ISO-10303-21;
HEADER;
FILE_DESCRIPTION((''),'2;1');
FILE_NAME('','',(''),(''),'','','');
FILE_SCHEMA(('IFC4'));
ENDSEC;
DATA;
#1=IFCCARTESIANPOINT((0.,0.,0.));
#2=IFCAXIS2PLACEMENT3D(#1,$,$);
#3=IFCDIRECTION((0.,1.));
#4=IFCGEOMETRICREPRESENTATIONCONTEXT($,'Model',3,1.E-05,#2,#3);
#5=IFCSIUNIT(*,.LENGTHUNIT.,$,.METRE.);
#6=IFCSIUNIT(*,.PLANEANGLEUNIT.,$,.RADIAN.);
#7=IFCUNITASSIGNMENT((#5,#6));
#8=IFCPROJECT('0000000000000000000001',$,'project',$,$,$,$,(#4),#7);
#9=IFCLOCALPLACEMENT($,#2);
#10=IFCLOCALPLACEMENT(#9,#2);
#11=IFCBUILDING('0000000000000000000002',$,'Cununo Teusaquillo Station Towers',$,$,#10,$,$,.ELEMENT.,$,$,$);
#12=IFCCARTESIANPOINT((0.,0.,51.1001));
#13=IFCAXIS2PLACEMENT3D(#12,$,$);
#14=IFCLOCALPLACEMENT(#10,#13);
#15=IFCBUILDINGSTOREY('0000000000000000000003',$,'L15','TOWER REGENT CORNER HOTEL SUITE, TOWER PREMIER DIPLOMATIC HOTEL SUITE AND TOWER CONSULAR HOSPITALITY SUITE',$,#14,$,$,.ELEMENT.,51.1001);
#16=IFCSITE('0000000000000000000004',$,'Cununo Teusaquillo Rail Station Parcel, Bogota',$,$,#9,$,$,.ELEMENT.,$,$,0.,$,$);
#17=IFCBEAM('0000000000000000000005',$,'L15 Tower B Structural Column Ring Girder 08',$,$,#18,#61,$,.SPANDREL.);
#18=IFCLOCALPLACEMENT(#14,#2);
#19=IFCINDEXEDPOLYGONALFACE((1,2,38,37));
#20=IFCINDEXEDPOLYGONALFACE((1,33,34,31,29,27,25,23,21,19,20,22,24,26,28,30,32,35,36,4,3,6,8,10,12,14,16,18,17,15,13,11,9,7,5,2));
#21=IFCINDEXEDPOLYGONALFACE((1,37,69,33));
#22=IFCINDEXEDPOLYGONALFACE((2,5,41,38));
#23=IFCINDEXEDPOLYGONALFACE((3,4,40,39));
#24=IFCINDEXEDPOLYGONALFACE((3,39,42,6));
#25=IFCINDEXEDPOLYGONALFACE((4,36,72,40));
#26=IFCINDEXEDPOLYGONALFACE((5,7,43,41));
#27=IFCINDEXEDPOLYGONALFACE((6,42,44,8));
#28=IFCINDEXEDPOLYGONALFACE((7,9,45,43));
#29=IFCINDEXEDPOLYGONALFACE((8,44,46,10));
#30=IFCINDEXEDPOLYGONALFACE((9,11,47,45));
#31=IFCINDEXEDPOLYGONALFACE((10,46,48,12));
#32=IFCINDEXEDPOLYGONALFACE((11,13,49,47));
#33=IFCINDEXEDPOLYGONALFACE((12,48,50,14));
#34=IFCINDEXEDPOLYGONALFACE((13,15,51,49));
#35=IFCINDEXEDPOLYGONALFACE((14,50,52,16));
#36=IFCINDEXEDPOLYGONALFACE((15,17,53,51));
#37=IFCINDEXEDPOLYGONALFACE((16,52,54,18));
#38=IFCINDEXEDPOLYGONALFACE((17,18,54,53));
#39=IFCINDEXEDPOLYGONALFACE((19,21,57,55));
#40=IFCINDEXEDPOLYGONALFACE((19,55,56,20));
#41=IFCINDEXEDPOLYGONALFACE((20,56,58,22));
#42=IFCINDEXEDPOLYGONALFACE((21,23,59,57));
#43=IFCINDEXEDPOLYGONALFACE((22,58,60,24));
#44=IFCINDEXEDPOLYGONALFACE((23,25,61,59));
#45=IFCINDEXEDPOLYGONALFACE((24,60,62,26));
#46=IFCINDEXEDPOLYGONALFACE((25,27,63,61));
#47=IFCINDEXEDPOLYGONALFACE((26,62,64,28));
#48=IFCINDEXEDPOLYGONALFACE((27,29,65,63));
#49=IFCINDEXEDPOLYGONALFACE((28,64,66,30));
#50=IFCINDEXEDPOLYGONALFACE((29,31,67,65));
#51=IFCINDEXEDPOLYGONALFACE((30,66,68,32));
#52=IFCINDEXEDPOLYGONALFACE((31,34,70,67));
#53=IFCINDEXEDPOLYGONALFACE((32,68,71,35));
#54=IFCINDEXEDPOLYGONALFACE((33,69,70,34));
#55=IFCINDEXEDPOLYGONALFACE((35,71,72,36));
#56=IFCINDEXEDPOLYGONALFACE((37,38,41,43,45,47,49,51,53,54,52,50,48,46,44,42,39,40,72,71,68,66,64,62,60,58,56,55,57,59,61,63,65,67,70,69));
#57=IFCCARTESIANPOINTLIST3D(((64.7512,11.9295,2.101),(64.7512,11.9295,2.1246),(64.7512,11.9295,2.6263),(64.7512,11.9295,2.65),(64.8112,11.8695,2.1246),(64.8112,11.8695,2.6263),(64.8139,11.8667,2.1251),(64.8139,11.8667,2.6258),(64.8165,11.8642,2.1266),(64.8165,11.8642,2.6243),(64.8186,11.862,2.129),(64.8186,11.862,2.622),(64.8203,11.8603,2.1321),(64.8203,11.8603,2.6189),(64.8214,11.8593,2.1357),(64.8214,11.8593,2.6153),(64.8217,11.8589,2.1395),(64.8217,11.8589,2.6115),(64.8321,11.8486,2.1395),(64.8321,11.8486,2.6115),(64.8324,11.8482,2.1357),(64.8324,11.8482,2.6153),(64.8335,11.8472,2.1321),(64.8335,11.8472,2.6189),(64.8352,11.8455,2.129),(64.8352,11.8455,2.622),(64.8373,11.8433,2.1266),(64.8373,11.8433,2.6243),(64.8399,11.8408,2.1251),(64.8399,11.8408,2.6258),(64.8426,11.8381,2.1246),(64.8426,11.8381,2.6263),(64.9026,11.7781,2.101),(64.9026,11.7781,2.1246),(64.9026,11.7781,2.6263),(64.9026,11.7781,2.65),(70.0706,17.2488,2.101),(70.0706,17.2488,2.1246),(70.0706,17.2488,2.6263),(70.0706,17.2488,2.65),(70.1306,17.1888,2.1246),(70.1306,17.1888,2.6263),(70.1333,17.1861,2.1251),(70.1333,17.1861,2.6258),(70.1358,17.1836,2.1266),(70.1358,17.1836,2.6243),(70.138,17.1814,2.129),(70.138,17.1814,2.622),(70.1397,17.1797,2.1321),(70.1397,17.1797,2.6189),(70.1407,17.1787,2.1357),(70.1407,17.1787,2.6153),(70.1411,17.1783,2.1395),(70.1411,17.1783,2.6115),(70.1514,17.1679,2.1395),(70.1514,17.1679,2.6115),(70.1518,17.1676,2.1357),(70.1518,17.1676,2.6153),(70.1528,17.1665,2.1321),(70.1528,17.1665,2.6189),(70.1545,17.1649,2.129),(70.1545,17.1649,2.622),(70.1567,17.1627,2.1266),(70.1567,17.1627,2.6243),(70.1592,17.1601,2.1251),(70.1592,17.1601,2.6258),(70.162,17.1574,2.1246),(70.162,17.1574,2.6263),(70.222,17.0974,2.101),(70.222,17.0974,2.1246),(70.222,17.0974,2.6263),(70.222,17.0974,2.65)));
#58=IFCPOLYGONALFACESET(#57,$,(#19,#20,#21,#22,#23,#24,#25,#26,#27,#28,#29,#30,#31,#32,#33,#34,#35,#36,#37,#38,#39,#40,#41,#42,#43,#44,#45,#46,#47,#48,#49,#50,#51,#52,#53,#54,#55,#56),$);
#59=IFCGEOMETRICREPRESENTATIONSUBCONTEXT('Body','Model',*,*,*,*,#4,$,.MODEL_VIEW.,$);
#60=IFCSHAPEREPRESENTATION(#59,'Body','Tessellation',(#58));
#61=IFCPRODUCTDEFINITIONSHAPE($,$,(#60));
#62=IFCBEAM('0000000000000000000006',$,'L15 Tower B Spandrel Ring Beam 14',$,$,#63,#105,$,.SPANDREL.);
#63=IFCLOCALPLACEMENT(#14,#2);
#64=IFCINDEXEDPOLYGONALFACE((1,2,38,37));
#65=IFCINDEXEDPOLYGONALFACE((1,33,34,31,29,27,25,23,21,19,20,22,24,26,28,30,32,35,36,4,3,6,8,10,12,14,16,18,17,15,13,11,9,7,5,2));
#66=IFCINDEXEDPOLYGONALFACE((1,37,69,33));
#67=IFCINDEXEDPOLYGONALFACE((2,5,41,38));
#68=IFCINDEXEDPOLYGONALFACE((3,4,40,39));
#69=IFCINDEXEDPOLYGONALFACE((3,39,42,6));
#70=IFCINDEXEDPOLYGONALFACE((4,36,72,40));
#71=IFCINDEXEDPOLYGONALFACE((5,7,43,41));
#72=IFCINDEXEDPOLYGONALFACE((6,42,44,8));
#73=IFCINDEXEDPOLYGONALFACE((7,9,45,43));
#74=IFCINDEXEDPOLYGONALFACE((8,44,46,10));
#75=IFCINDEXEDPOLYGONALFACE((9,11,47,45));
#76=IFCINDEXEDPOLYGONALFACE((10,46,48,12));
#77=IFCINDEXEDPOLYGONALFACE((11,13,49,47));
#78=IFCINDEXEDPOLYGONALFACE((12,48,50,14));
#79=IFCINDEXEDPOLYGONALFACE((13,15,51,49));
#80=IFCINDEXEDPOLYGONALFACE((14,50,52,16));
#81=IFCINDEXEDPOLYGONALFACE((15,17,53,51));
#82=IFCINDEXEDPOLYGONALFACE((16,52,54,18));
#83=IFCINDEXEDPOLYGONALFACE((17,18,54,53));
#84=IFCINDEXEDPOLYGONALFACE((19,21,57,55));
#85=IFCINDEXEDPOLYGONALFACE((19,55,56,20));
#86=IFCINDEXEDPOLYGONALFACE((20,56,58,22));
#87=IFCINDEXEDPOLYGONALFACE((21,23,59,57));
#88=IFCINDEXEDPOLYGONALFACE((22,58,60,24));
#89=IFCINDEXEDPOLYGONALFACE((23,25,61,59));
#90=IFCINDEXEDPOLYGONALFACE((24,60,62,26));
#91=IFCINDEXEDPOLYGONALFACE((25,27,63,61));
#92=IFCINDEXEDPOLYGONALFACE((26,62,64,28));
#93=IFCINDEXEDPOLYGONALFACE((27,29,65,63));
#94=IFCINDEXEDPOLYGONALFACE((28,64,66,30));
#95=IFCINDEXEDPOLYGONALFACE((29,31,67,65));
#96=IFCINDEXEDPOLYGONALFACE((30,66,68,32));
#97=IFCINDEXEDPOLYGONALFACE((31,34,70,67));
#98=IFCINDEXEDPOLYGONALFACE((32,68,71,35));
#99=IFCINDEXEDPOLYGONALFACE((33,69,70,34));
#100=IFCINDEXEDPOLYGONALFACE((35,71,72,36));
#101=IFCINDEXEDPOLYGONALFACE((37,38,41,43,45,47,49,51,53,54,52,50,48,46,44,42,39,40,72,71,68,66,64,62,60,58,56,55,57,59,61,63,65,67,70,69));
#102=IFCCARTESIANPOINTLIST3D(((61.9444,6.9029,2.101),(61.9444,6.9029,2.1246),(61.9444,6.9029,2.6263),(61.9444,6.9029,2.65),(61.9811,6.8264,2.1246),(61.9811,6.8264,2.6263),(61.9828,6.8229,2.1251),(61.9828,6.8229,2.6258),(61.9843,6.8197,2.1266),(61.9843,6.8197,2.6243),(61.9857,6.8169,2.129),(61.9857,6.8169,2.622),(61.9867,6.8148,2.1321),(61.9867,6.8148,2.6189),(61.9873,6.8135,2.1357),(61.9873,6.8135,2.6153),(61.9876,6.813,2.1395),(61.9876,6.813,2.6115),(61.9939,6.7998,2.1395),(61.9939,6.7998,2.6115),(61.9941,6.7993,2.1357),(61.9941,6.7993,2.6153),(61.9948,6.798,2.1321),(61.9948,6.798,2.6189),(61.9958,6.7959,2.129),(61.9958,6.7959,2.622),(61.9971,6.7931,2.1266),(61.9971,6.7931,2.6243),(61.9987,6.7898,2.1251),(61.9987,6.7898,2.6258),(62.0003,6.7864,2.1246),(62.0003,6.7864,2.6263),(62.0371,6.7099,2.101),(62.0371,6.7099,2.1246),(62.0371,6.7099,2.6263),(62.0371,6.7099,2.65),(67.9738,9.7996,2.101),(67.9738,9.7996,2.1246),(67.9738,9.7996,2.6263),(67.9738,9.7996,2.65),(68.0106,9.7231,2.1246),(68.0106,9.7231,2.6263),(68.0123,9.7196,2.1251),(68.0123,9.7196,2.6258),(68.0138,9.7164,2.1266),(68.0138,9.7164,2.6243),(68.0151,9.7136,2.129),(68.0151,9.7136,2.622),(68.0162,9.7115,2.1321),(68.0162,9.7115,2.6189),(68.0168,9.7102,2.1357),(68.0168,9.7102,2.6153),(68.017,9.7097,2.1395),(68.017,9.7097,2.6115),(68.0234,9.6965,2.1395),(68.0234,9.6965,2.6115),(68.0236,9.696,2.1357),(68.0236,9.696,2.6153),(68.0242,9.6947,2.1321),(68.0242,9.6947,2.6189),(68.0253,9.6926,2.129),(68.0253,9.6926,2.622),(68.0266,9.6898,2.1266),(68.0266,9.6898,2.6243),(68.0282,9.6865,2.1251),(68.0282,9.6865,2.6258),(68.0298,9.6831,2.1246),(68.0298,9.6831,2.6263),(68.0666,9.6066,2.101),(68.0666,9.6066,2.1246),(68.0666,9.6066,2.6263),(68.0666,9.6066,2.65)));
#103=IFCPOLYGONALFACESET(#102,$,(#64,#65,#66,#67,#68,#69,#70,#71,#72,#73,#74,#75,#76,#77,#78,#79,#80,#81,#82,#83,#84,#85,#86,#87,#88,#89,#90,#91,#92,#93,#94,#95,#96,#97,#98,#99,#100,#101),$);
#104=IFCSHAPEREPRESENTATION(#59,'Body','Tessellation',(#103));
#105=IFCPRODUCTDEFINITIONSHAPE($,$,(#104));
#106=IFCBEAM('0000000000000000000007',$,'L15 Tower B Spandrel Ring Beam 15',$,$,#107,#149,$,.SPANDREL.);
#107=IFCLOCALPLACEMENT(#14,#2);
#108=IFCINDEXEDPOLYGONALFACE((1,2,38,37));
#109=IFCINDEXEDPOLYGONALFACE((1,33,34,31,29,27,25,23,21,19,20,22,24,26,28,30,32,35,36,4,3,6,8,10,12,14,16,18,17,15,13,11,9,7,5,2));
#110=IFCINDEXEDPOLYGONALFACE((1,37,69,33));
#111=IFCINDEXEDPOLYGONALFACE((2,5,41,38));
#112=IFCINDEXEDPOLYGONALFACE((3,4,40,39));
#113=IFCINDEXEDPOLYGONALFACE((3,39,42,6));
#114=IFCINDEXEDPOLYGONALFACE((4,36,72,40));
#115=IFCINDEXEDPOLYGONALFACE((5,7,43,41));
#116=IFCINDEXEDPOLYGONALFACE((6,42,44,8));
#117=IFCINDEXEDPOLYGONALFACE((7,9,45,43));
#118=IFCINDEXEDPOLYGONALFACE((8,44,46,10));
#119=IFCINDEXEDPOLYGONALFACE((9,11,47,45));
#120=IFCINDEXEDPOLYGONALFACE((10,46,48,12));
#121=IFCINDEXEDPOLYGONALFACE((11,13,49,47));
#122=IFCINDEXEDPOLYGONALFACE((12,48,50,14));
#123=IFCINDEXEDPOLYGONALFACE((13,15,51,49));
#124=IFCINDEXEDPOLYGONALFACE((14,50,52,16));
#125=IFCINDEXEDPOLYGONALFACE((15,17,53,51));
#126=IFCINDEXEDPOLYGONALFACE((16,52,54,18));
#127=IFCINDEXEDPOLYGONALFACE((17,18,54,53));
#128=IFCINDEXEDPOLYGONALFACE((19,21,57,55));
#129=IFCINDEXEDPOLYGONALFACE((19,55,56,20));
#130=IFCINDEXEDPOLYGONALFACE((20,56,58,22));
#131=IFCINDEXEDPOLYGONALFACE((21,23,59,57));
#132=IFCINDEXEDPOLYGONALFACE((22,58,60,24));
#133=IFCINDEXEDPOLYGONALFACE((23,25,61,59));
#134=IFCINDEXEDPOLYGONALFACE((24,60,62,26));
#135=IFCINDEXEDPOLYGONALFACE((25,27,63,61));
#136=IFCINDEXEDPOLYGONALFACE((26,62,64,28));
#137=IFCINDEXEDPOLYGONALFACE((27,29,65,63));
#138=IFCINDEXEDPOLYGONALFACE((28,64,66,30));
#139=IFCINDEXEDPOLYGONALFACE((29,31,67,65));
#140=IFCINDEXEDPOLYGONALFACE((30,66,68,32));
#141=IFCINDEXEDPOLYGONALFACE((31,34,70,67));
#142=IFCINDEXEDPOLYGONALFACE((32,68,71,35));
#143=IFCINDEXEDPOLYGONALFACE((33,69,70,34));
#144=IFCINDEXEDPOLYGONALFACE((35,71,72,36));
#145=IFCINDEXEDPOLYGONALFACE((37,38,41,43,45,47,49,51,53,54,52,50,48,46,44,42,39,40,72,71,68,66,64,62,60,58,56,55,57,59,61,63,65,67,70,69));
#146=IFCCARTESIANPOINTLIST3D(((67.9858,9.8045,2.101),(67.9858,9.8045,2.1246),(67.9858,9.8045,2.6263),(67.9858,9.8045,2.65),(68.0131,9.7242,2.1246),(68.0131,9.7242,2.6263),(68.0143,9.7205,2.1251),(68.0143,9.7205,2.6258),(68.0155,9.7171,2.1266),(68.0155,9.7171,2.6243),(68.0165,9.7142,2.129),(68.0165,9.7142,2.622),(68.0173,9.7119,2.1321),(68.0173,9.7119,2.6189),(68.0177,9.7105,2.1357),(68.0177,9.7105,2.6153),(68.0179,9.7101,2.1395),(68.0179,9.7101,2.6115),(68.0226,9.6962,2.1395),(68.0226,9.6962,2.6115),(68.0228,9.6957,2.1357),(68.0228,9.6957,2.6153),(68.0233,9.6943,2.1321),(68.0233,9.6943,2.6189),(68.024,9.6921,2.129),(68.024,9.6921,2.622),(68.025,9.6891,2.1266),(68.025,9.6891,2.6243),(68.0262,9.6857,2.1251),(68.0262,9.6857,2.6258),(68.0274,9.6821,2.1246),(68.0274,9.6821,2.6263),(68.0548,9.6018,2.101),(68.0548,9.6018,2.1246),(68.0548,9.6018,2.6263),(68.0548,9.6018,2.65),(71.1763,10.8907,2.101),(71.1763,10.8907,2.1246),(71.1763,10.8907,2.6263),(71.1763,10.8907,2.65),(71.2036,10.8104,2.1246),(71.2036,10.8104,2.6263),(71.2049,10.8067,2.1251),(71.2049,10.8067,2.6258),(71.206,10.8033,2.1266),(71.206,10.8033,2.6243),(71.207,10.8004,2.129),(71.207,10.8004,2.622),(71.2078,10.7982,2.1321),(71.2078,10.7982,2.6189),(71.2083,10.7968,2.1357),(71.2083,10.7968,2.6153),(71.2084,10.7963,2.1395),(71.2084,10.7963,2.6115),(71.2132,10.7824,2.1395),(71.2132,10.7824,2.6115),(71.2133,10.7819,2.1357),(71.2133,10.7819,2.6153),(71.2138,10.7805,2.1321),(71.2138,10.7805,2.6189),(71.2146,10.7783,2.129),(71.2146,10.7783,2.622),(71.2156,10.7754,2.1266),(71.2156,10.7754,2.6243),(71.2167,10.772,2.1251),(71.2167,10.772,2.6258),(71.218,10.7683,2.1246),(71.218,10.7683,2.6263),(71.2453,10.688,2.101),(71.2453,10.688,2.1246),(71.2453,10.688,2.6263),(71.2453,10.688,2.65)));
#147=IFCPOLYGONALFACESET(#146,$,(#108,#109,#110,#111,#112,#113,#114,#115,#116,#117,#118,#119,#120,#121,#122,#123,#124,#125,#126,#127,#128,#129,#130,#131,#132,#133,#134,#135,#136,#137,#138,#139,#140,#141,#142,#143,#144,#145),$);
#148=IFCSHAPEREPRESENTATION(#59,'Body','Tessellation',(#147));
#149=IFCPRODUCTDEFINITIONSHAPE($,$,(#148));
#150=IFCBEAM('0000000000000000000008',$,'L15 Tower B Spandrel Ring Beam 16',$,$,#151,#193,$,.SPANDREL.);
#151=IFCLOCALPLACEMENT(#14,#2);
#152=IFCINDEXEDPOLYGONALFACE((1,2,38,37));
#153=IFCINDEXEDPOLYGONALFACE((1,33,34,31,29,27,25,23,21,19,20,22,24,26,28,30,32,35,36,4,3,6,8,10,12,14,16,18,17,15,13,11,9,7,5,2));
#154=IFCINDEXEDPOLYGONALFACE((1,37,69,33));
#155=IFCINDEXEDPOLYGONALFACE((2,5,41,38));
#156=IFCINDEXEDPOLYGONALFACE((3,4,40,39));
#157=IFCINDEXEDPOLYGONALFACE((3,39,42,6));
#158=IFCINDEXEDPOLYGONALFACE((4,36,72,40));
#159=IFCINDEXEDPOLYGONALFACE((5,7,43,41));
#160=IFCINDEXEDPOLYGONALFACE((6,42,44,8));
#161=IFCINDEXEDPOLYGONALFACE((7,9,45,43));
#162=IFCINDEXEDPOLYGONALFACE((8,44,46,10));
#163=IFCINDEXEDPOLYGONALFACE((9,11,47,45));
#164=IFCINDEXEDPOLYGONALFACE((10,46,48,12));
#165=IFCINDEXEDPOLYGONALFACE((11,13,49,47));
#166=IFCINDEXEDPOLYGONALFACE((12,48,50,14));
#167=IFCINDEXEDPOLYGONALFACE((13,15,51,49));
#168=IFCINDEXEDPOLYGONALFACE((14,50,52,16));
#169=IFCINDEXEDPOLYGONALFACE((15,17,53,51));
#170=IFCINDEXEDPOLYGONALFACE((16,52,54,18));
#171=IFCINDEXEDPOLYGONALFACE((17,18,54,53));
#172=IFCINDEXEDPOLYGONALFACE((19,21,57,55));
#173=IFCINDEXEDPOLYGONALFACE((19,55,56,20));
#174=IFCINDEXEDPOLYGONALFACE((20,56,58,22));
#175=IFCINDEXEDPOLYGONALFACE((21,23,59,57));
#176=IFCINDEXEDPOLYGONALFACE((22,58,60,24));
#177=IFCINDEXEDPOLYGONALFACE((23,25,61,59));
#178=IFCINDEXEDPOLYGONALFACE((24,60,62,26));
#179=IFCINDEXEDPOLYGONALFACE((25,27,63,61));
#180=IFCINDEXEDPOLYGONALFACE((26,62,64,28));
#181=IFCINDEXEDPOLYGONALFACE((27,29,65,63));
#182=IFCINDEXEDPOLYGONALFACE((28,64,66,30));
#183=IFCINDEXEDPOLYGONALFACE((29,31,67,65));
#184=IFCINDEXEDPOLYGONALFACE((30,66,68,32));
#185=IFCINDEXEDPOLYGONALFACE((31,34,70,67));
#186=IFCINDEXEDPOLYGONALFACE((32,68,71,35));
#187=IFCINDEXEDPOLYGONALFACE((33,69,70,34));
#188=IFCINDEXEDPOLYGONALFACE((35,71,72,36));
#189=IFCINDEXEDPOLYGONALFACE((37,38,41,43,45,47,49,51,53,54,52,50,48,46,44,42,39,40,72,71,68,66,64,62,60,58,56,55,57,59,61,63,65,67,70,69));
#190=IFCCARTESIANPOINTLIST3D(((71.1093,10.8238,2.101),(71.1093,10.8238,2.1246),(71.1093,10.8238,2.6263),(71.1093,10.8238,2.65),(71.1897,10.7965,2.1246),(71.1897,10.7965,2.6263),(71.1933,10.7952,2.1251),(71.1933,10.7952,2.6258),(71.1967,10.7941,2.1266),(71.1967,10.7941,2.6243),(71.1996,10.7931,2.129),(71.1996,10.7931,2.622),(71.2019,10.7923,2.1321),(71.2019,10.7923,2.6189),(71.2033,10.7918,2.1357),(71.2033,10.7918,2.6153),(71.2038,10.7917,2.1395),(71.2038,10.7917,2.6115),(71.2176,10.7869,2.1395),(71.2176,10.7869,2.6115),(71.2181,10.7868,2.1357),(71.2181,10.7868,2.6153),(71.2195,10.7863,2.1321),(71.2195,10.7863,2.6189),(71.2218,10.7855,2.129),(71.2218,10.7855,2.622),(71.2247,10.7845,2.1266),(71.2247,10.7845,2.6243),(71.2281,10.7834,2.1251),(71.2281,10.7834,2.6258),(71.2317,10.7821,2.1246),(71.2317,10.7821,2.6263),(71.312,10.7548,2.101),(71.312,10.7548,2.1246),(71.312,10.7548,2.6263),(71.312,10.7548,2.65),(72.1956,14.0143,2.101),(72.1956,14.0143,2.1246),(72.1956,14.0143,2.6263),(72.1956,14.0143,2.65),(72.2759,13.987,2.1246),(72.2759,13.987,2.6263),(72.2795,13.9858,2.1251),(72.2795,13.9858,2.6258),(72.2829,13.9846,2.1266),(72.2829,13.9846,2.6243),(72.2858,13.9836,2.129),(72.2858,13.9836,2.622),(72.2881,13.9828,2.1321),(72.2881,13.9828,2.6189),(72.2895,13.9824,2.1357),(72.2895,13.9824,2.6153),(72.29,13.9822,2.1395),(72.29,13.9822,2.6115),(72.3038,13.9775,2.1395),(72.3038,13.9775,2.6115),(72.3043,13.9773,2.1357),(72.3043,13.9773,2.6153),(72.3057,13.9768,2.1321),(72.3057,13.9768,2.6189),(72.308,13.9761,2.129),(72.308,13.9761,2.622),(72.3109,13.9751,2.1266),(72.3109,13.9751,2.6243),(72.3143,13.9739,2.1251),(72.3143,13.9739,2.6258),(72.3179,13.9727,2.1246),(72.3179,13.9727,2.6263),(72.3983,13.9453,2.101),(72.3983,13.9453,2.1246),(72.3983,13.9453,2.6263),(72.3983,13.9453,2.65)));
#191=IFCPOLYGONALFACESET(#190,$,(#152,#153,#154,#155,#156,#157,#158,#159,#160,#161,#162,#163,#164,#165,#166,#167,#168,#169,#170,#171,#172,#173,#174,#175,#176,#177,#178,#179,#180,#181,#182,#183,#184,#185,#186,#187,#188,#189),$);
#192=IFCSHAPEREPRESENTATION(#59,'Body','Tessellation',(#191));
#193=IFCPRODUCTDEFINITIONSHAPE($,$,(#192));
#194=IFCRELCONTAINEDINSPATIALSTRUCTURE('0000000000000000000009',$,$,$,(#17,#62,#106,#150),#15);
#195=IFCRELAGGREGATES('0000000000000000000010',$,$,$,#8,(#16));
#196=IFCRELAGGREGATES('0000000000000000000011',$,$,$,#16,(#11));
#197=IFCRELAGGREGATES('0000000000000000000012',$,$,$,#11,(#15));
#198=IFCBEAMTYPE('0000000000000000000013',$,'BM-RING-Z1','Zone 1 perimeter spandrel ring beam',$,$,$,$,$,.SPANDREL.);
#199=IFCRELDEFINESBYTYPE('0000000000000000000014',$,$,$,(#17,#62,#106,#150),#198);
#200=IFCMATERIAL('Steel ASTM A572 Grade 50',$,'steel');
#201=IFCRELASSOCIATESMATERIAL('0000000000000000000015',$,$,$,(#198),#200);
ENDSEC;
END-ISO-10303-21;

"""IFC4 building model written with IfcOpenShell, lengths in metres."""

from ifc_helpers import new_model, si_unit, direction, frame, origin, origin_2d, place, context, subcontext, project, spatial, i_section, extrude, material, material_profile, profile_set, type_object, element, save


model = new_model("IFC4")

# Units and contexts
model_context = context("Model", 3, precision=1e-05, world=origin(), true_north=direction((0.0, 1.0)))
body_context = subcontext(model_context, "Body", "Model", "MODEL_VIEW")
ifc_project = project(units=[si_unit("LENGTHUNIT", "METRE"), si_unit("PLANEANGLEUNIT", "RADIAN")], contexts=[model_context])

# Site, building, storey
site_placement = place(None, origin())
site = spatial("IfcSite", under=ifc_project, at=site_placement, Name="Cununo Teusaquillo Rail Station Parcel, Bogota", CompositionType="ELEMENT", RefElevation=0.0)
building_placement = place(site_placement, origin())
building = spatial("IfcBuilding", under=site, at=building_placement, Name="Cununo Teusaquillo Station Towers", CompositionType="ELEMENT")
storey_placement = place(building_placement, frame((0.0, 0.0, 51.1001)))
storey = spatial("IfcBuildingStorey", under=building, at=storey_placement, Name="L15", Description="TOWER REGENT CORNER HOTEL SUITE, TOWER PREMIER DIPLOMATIC HOTEL SUITE AND TOWER CONSULAR HOSPITALITY SUITE", CompositionType="ELEMENT", Elevation=51.1001)

# Beams
ifc_material_1 = material(Name="Steel ASTM A572 Grade 50", Category="steel")
ifc_material_profile_1 = material_profile(ifc_material_1, i_section(OverallWidth=0.2141, OverallDepth=0.5491, WebThickness=0.0146, FlangeThickness=0.0237, FilletRadius=0.0149, at=origin_2d()), Name="W21X93")
ifc_profile_set_1 = profile_set([ifc_material_profile_1], Name="Steel ASTM A572 Grade 50")
beam_type_1 = type_object("IfcBeamType", Name="BM-RING-Z1", Description="Zone 1 perimeter spandrel ring beam", PredefinedType="SPANDREL", material=ifc_profile_set_1)
beam_1_placement = place(storey_placement, frame((64.8269, 11.8538, 2.3755), z_axis=(0.707107, 0.707107, 0.0), x_axis=(-0.707107, 0.707107, 0.0)))
element("IfcBeam", 1, at=beam_1_placement, inside=storey, type_object=beam_type_1, Name="L15 Tower B Structural Column Ring Girder 08", PredefinedType="SPANDREL", context=body_context, shape_type="SweptSolid", body=[
    extrude(i_section(OverallWidth=0.2141, OverallDepth=0.5491, WebThickness=0.0146, FlangeThickness=0.0237, FilletRadius=0.0149, at=origin_2d()), origin(), (0.0, 0.0, 1.0), 7.5227),
])
beam_2_placement = place(storey_placement, frame((61.9907, 6.8064, 2.3755), z_axis=(0.901374, 0.433041, 0.0), x_axis=(-0.433041, 0.901374, 0.0)))
element("IfcBeam", 2, at=beam_2_placement, inside=storey, type_object=beam_type_1, Name="L15 Tower B Spandrel Ring Beam 14", PredefinedType="SPANDREL", context=body_context, shape_type="SweptSolid", body=[
    extrude(i_section(OverallWidth=0.2141, OverallDepth=0.5491, WebThickness=0.0146, FlangeThickness=0.0237, FilletRadius=0.0149, at=origin_2d()), origin(), (0.0, 0.0, 1.0), 6.6892),
])
for number, where, z_axis, x_axis, name in (
    (3, (68.0203, 9.7031, 2.3755), (0.946643, 0.322285, 0.0), (-0.322285, 0.946643, 0.0), "L15 Tower B Spandrel Ring Beam 15"),
    (4, (71.2107, 10.7893, 2.3755), (0.322285, 0.946643, 0.0), (-0.946643, 0.322285, 0.0), "L15 Tower B Spandrel Ring Beam 16"),
):
    element("IfcBeam", number, at=place(storey_placement, frame(where, z_axis=z_axis, x_axis=x_axis)), inside=storey, type_object=beam_type_1, Name=name, PredefinedType="SPANDREL", context=body_context, shape_type="SweptSolid", body=[
        extrude(i_section(OverallWidth=0.2141, OverallDepth=0.5491, WebThickness=0.0146, FlangeThickness=0.0237, FilletRadius=0.0149, at=origin_2d()), origin(), (0.0, 0.0, 1.0), 3.3704),
    ])

save(model, "model.ifc")
